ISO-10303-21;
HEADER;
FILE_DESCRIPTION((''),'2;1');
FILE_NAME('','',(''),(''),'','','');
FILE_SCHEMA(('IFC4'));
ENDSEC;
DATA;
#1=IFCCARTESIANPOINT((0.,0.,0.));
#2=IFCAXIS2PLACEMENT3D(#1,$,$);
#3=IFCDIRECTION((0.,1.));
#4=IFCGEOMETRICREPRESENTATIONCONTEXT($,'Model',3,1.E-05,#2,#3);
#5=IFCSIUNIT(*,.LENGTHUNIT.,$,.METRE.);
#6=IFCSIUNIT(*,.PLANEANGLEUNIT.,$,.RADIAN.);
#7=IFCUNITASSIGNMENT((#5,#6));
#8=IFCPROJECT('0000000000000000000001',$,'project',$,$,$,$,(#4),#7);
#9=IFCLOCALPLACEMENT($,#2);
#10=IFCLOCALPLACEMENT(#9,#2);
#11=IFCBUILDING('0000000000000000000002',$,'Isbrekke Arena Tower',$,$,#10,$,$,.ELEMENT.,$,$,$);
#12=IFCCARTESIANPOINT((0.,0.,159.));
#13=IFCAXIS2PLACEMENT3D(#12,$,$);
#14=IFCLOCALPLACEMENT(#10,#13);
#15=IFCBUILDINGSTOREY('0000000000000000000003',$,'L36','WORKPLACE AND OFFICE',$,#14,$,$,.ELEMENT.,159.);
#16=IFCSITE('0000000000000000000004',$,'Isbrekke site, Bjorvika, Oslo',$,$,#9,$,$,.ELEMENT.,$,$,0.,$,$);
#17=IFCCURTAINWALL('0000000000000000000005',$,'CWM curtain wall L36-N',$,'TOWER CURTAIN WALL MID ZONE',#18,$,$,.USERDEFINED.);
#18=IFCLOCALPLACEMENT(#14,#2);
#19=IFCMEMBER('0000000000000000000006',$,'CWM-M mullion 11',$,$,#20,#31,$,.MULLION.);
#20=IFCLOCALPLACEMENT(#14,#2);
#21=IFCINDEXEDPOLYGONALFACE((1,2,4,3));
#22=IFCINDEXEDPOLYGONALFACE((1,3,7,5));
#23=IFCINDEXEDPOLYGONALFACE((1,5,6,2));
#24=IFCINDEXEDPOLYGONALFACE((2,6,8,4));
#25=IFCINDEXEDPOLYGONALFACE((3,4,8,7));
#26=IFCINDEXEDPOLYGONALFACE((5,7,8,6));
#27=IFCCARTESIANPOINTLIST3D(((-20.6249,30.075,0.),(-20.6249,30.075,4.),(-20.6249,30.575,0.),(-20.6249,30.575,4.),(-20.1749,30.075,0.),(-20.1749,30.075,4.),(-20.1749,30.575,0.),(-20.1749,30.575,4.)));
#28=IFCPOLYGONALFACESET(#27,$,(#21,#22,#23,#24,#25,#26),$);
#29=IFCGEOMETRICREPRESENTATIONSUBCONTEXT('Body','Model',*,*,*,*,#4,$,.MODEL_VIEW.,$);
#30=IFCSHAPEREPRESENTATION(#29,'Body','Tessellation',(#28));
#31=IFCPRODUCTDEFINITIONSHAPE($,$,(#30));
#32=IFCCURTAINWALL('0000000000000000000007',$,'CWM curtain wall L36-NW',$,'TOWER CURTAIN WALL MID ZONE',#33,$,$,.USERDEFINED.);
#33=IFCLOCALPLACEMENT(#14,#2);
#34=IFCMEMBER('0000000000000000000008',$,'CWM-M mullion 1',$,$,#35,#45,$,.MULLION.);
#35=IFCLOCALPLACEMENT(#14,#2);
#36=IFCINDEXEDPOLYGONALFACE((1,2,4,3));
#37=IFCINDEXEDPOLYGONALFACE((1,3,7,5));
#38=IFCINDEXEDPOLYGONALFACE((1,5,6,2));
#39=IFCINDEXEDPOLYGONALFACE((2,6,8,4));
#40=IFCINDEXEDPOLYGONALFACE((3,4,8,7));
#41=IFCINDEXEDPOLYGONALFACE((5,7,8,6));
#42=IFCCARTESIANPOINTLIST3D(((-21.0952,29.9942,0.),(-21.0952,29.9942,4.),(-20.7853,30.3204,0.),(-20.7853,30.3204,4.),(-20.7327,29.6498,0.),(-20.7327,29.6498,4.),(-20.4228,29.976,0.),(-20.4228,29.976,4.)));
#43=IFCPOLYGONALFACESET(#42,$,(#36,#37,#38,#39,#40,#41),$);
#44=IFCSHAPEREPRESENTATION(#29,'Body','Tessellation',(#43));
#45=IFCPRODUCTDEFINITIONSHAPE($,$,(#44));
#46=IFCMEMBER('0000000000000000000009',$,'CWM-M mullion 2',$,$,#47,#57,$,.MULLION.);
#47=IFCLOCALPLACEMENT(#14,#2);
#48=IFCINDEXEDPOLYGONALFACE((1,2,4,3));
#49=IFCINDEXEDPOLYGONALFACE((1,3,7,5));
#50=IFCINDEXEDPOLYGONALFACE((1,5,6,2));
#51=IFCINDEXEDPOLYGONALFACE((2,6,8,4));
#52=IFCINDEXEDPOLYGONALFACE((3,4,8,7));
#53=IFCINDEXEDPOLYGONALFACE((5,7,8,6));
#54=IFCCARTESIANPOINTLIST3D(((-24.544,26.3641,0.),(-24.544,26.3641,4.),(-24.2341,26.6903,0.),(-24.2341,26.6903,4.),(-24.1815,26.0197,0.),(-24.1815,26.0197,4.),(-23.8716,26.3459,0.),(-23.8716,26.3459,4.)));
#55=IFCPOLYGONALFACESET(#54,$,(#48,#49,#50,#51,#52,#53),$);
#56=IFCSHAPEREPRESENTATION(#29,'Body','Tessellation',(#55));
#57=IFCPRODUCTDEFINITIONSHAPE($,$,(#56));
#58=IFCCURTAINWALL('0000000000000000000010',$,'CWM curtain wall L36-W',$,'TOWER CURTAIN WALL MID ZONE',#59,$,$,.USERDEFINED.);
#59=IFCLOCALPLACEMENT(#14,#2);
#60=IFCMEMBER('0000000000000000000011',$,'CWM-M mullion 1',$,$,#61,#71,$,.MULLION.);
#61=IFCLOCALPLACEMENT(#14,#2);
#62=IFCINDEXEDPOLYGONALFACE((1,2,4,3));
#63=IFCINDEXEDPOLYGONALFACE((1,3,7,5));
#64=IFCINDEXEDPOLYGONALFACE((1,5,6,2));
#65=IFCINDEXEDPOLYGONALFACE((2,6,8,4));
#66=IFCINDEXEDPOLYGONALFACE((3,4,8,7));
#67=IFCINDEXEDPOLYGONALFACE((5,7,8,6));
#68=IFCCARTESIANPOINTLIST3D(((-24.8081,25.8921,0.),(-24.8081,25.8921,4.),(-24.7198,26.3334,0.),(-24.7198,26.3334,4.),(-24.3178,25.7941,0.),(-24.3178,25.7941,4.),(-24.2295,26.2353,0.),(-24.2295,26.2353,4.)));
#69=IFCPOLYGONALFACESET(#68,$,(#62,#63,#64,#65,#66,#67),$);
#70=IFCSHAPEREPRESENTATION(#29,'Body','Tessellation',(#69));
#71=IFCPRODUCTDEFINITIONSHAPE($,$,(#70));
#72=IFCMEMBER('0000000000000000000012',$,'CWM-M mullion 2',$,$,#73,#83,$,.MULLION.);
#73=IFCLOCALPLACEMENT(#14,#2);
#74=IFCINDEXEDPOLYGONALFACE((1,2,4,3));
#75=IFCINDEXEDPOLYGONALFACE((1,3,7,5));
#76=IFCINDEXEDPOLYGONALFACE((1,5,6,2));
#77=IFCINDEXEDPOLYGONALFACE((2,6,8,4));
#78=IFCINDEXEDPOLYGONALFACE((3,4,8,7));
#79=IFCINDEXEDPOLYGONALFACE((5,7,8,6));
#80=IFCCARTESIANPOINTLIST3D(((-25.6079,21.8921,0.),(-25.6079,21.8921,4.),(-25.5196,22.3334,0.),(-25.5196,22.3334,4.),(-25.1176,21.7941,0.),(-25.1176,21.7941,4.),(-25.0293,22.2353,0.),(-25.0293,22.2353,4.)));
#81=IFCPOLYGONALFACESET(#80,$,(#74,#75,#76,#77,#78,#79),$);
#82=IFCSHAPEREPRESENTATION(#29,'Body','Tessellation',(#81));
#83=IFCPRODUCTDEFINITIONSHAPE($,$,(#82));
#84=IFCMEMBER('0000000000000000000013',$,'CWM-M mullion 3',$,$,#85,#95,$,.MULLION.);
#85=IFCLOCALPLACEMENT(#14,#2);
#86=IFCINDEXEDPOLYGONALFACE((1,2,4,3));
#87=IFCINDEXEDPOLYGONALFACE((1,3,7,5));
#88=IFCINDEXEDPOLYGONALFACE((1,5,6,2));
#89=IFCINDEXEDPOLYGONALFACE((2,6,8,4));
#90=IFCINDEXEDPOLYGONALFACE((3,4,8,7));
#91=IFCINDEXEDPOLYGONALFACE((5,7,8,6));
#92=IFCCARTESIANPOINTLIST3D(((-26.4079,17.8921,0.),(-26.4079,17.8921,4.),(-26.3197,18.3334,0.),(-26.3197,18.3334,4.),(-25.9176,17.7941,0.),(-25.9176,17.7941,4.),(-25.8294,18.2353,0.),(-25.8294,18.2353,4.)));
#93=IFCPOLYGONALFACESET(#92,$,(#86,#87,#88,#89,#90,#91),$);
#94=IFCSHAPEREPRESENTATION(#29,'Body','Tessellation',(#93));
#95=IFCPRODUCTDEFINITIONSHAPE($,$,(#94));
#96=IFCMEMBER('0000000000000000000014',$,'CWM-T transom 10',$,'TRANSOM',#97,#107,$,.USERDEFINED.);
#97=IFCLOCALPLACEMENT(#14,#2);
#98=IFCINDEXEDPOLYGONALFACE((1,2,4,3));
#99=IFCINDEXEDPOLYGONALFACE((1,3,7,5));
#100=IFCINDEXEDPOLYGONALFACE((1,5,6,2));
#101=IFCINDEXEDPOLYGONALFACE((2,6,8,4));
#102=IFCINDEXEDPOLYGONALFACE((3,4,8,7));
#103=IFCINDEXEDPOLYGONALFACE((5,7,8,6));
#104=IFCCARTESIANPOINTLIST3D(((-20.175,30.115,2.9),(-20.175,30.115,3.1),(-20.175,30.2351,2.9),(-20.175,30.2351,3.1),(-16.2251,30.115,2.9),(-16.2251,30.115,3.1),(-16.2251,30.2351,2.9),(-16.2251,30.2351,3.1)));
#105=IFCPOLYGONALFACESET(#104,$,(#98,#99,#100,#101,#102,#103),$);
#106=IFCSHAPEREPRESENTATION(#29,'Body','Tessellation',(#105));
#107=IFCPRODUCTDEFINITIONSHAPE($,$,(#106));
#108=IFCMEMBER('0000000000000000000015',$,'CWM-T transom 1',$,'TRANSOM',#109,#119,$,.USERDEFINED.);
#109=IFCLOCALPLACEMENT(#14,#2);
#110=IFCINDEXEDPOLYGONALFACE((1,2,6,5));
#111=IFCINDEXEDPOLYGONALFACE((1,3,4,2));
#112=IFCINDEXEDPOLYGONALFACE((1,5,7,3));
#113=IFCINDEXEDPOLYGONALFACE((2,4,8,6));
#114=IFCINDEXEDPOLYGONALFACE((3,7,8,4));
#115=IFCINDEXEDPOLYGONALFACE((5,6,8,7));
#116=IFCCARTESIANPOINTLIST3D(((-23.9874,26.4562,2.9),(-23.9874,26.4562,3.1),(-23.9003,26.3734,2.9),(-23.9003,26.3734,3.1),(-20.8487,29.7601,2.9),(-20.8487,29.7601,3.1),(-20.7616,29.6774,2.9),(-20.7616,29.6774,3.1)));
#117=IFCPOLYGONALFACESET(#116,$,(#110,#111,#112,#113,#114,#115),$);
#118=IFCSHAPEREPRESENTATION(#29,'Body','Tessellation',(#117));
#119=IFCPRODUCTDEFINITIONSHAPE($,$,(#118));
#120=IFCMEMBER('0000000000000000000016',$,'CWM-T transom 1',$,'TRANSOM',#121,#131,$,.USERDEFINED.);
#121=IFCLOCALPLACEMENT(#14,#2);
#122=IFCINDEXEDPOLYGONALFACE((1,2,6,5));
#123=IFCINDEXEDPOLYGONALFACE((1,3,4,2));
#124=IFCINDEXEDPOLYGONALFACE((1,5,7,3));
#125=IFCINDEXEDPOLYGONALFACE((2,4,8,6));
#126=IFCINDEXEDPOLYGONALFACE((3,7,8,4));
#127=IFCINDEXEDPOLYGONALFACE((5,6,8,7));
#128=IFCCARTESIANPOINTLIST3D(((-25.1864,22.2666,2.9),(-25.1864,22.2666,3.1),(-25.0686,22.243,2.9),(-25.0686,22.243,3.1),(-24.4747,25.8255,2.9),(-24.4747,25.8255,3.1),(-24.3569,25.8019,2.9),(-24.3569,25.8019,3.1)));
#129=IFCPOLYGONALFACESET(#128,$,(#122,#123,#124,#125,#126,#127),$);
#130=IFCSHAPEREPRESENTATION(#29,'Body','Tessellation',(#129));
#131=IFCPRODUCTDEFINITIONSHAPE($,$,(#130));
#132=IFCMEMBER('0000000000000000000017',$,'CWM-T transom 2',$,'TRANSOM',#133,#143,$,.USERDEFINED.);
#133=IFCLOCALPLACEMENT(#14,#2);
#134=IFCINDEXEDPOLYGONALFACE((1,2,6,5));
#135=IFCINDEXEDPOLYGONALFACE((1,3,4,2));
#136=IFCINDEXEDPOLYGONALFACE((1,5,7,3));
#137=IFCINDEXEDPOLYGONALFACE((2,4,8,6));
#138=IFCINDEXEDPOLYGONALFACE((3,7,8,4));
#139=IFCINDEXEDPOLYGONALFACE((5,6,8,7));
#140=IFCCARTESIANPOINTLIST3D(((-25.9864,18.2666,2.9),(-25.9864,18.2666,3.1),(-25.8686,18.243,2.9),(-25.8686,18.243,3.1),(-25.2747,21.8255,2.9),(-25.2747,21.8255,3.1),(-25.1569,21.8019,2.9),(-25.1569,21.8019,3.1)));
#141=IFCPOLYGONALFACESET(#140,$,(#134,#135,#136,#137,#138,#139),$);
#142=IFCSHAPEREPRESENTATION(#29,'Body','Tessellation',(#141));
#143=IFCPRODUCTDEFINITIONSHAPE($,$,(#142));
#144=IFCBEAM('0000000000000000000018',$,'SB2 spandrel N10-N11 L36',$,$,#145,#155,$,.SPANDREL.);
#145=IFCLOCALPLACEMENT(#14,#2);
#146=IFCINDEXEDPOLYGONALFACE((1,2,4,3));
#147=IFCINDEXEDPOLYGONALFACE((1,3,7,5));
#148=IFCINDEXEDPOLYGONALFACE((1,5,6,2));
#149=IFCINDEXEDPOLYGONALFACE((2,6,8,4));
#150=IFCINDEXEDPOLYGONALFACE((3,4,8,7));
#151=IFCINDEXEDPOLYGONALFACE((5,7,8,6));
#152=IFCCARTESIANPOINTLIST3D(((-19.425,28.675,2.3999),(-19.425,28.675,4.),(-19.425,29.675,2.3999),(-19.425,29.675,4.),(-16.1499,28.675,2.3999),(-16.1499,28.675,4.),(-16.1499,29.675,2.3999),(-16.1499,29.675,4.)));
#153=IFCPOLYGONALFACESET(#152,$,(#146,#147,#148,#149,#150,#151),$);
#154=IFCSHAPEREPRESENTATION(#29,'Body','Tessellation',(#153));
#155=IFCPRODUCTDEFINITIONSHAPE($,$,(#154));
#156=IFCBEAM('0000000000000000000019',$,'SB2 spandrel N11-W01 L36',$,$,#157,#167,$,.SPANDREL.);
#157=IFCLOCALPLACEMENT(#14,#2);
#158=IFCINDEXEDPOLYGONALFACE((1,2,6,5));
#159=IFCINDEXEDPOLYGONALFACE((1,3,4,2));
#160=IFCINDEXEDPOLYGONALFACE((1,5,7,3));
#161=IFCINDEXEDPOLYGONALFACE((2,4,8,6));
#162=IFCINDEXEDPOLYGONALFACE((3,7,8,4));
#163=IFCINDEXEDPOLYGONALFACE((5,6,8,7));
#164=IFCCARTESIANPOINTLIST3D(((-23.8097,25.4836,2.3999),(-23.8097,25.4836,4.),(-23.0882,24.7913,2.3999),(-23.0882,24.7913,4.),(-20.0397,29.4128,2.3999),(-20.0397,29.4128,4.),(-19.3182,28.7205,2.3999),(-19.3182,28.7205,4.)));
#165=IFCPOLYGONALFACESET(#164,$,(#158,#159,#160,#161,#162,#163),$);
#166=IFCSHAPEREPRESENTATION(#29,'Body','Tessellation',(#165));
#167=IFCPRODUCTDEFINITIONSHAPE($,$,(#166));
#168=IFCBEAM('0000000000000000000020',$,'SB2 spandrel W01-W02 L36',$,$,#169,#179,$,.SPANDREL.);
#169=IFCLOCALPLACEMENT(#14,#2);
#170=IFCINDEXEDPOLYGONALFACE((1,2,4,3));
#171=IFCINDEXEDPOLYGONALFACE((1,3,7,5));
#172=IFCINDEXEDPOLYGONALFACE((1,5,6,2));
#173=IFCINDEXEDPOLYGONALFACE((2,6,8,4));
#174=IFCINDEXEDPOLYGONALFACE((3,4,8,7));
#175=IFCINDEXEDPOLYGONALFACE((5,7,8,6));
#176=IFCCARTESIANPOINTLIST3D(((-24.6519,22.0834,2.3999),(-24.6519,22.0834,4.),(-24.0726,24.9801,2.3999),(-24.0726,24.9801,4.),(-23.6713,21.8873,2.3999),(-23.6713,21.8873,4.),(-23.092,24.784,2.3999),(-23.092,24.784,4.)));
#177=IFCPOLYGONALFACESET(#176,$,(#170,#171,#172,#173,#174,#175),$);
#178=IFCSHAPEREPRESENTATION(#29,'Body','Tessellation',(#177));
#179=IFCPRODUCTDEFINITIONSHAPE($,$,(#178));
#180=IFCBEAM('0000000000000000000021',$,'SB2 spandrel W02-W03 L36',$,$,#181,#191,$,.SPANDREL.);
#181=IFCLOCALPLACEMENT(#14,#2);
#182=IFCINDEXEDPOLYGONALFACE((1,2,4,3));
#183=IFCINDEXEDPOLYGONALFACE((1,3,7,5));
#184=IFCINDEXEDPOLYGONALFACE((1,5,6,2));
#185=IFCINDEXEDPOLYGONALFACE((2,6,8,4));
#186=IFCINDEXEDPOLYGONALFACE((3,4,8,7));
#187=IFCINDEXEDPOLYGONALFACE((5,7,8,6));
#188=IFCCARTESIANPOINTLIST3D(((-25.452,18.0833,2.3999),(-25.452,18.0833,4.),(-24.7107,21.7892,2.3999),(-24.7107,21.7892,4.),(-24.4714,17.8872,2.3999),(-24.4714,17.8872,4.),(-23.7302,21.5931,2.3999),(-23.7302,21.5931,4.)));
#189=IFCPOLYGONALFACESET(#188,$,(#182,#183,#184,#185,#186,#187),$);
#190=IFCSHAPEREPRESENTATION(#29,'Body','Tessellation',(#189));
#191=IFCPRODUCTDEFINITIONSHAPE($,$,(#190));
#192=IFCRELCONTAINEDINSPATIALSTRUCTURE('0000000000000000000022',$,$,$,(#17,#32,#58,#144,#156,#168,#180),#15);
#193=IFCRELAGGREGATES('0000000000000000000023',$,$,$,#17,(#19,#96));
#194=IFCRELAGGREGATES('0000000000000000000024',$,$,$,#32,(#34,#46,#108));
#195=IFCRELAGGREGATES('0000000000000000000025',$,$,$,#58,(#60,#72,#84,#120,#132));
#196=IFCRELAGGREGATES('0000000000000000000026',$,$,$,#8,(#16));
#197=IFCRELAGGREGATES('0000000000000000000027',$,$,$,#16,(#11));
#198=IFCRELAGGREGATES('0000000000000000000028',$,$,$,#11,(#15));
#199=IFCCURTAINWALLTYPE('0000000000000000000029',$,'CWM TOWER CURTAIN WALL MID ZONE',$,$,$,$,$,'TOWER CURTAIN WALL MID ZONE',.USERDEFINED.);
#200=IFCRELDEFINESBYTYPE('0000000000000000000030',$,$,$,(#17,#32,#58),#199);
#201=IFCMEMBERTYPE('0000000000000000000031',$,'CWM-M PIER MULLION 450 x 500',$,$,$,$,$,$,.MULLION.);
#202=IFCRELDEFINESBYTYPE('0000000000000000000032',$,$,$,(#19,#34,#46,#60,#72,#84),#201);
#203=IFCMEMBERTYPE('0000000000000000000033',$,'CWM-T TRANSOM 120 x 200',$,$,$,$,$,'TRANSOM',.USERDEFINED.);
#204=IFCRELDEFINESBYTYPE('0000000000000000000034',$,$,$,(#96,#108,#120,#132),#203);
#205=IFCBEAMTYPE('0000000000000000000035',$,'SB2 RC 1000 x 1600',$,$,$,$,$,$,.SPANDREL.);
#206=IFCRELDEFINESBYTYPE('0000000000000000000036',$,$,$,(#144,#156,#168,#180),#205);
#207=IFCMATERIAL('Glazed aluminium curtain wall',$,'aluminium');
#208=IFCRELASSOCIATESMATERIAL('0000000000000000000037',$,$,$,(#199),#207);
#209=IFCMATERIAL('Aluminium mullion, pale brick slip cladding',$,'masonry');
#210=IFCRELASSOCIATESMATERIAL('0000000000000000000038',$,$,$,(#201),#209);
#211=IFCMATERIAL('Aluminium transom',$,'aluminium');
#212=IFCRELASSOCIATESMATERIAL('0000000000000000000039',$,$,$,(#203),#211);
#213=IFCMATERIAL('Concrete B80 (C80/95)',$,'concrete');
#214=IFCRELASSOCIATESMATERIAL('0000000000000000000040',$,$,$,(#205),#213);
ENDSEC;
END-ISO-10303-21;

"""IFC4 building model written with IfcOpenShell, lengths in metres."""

from ifc_helpers import new_model, si_unit, direction, frame, origin, origin_2d, place, context, subcontext, project, spatial, rectangle, extrude, material, material_profile, profile_set, type_object, element, aggregate, save


model = new_model("IFC4")

# Units and contexts
model_context = context("Model", 3, precision=1e-05, world=origin(), true_north=direction((0.0, 1.0)))
body_context = subcontext(model_context, "Body", "Model", "MODEL_VIEW")
ifc_project = project(units=[si_unit("LENGTHUNIT", "METRE"), si_unit("PLANEANGLEUNIT", "RADIAN")], contexts=[model_context])

# Site, building, storey
site_placement = place(None, origin())
site = spatial("IfcSite", under=ifc_project, at=site_placement, Name="Isbrekke site, Bjorvika, Oslo", CompositionType="ELEMENT", RefElevation=0.0)
building_placement = place(site_placement, origin())
building = spatial("IfcBuilding", under=site, at=building_placement, Name="Isbrekke Arena Tower", CompositionType="ELEMENT")
storey_placement = place(building_placement, frame((0.0, 0.0, 159.0)))
storey = spatial("IfcBuildingStorey", under=building, at=storey_placement, Name="L36", Description="WORKPLACE AND OFFICE", CompositionType="ELEMENT", Elevation=159.0)

# Curtain wall, member
ifc_material_1 = material(Name="Glazed aluminium curtain wall", Category="aluminium")
curtain_wall_type = type_object("IfcCurtainWallType", Name="CWM TOWER CURTAIN WALL MID ZONE", ElementType="TOWER CURTAIN WALL MID ZONE", PredefinedType="USERDEFINED", material=ifc_material_1)
curtain_wall_1_placement = place(storey_placement, origin())
curtain_wall_1 = element("IfcCurtainWall", 1, at=curtain_wall_1_placement, inside=storey, type_object=curtain_wall_type, Name="CWM curtain wall L36-N", ObjectType="TOWER CURTAIN WALL MID ZONE", PredefinedType="USERDEFINED")
ifc_material_2 = material(Name="Aluminium mullion, pale brick slip cladding", Category="masonry")
ifc_material_profile_1 = material_profile(ifc_material_2, rectangle(XDim=0.45, YDim=0.5, at=origin_2d()), Name="PIER 450X500")
ifc_profile_set_1 = profile_set([ifc_material_profile_1], Name="Aluminium mullion, pale brick slip cladding")
member_type_1 = type_object("IfcMemberType", Name="CWM-M PIER MULLION 450 x 500", PredefinedType="MULLION", material=ifc_profile_set_1)
member_1_placement = place(storey_placement, frame((-20.3999, 30.325, 0.0), z_axis=(0.0, 0.0, 1.0), x_axis=(-1.0, 0.0, 0.0)))
member_1 = element("IfcMember", 2, at=member_1_placement, type_object=member_type_1, Name="CWM-M mullion 11", PredefinedType="MULLION", context=body_context, shape_type="SweptSolid", body=[
    extrude(rectangle(XDim=0.45, YDim=0.5, at=origin_2d()), origin(), (0.0, 0.0, 1.0), 4.0),
])

# Curtain walls, members
curtain_wall_2_placement = place(storey_placement, origin())
curtain_wall_2 = element("IfcCurtainWall", 3, at=curtain_wall_2_placement, inside=storey, type_object=curtain_wall_type, Name="CWM curtain wall L36-NW", ObjectType="TOWER CURTAIN WALL MID ZONE", PredefinedType="USERDEFINED")
member_2_placement = place(storey_placement, frame((-20.759, 29.9851, 0.0), z_axis=(0.0, 0.0, 1.0), x_axis=(-0.688749, -0.724999, 0.0)))
member_2 = element("IfcMember", 4, at=member_2_placement, type_object=member_type_1, Name="CWM-M mullion 1", PredefinedType="MULLION", context=body_context, shape_type="SweptSolid", body=[
    extrude(rectangle(XDim=0.45, YDim=0.5, at=origin_2d()), origin(), (0.0, 0.0, 1.0), 4.0),
])
member_3_placement = place(storey_placement, frame((-24.2078, 26.355, 0.0), z_axis=(0.0, 0.0, 1.0), x_axis=(-0.688749, -0.724999, 0.0)))
member_3 = element("IfcMember", 5, at=member_3_placement, type_object=member_type_1, Name="CWM-M mullion 2", PredefinedType="MULLION", context=body_context, shape_type="SweptSolid", body=[
    extrude(rectangle(XDim=0.45, YDim=0.5, at=origin_2d()), origin(), (0.0, 0.0, 1.0), 4.0),
])
curtain_wall_3_placement = place(storey_placement, origin())
curtain_wall_3 = element("IfcCurtainWall", 6, at=curtain_wall_3_placement, inside=storey, type_object=curtain_wall_type, Name="CWM curtain wall L36-W", ObjectType="TOWER CURTAIN WALL MID ZONE", PredefinedType="USERDEFINED")
member_4_placement = place(storey_placement, frame((-24.5188, 26.0637, 0.0), z_axis=(0.0, 0.0, 1.0), x_axis=(-0.196116, -0.980581, 0.0)))
member_4 = element("IfcMember", 7, at=member_4_placement, type_object=member_type_1, Name="CWM-M mullion 1", PredefinedType="MULLION", context=body_context, shape_type="SweptSolid", body=[
    extrude(rectangle(XDim=0.45, YDim=0.5, at=origin_2d()), origin(), (0.0, 0.0, 1.0), 4.0),
])
member_5_placement = place(storey_placement, frame((-25.3186, 22.0637, 0.0), z_axis=(0.0, 0.0, 1.0), x_axis=(-0.196116, -0.980581, 0.0)))
member_5 = element("IfcMember", 8, at=member_5_placement, type_object=member_type_1, Name="CWM-M mullion 2", PredefinedType="MULLION", context=body_context, shape_type="SweptSolid", body=[
    extrude(rectangle(XDim=0.45, YDim=0.5, at=origin_2d()), origin(), (0.0, 0.0, 1.0), 4.0),
])
member_6_placement = place(storey_placement, frame((-26.1187, 18.0637, 0.0), z_axis=(0.0, 0.0, 1.0), x_axis=(-0.196116, -0.980581, 0.0)))
member_6 = element("IfcMember", 9, at=member_6_placement, type_object=member_type_1, Name="CWM-M mullion 3", PredefinedType="MULLION", context=body_context, shape_type="SweptSolid", body=[
    extrude(rectangle(XDim=0.45, YDim=0.5, at=origin_2d()), origin(), (0.0, 0.0, 1.0), 4.0),
])

# Members
ifc_material_3 = material(Name="Aluminium transom", Category="aluminium")
ifc_material_profile_2 = material_profile(ifc_material_3, rectangle(XDim=0.1201, YDim=0.2, at=origin_2d()), Name="TRANSOM 120X200")
ifc_profile_set_2 = profile_set([ifc_material_profile_2], Name="Aluminium transom")
member_type_2 = type_object("IfcMemberType", Name="CWM-T TRANSOM 120 x 200", ElementType="TRANSOM", PredefinedType="USERDEFINED", material=ifc_profile_set_2)
member_7_placement = place(storey_placement, frame((-16.2251, 30.175, 3.0), z_axis=(-1.0, 0.0, 0.0), x_axis=(0.0, -1.0, 0.0)))
member_7 = element("IfcMember", 10, at=member_7_placement, type_object=member_type_2, Name="CWM-T transom 10", ObjectType="TRANSOM", PredefinedType="USERDEFINED", context=body_context, shape_type="SweptSolid", body=[
    extrude(rectangle(XDim=0.1201, YDim=0.2, at=origin_2d()), origin(), (0.0, 0.0, 1.0), 3.95),
])
member_8_placement = place(storey_placement, frame((-20.8052, 29.7188, 3.0), z_axis=(-0.68874, -0.725009, 0.0), x_axis=(0.725009, -0.68874, 0.0)))
member_8 = element("IfcMember", 11, at=member_8_placement, type_object=member_type_2, Name="CWM-T transom 1", ObjectType="TRANSOM", PredefinedType="USERDEFINED", context=body_context, shape_type="SweptSolid", body=[
    extrude(rectangle(XDim=0.1201, YDim=0.2, at=origin_2d()), origin(), (0.0, 0.0, 1.0), 4.5571),
])
member_9_placement = place(storey_placement, frame((-24.4158, 25.8137, 3.0), z_axis=(-0.19609, -0.980586, 0.0), x_axis=(0.980586, -0.19609, 0.0)))
member_9 = element("IfcMember", 12, at=member_9_placement, type_object=member_type_2, Name="CWM-T transom 1", ObjectType="TRANSOM", PredefinedType="USERDEFINED", context=body_context, shape_type="SweptSolid", body=[
    extrude(rectangle(XDim=0.1201, YDim=0.2, at=origin_2d()), origin(), (0.0, 0.0, 1.0), 3.6294),
])
member_10_placement = place(storey_placement, frame((-25.2158, 21.8137, 3.0), z_axis=(-0.19609, -0.980586, 0.0), x_axis=(0.980586, -0.19609, 0.0)))
member_10 = element("IfcMember", 13, at=member_10_placement, type_object=member_type_2, Name="CWM-T transom 2", ObjectType="TRANSOM", PredefinedType="USERDEFINED", context=body_context, shape_type="SweptSolid", body=[
    extrude(rectangle(XDim=0.1201, YDim=0.2, at=origin_2d()), origin(), (0.0, 0.0, 1.0), 3.6294),
])

# Beams
ifc_material_4 = material(Name="Concrete B80 (C80/95)", Category="concrete")
ifc_material_profile_3 = material_profile(ifc_material_4, rectangle(XDim=1.0, YDim=1.6001, at=origin_2d()), Name="RC 1000x1600")
ifc_profile_set_3 = profile_set([ifc_material_profile_3], Name="Concrete B80 (C80/95)")
beam_type_1 = type_object("IfcBeamType", Name="SB2 RC 1000 x 1600", PredefinedType="SPANDREL", material=ifc_profile_set_3)
beam_1_placement = place(storey_placement, frame((-16.1499, 29.175, 3.2), z_axis=(-1.0, 0.0, 0.0), x_axis=(0.0, -1.0, 0.0)))
element("IfcBeam", 14, at=beam_1_placement, inside=storey, type_object=beam_type_1, Name="SB2 spandrel N10-N11 L36", PredefinedType="SPANDREL", context=body_context, shape_type="SweptSolid", body=[
    extrude(rectangle(XDim=1.0, YDim=1.6001, at=origin_2d()), origin(), (0.0, 0.0, 1.0), 3.2751),
])
beam_2_placement = place(storey_placement, frame((-19.679, 29.0667, 3.2), z_axis=(-0.69234, -0.721572, 0.0), x_axis=(0.721572, -0.69234, 0.0)))
element("IfcBeam", 15, at=beam_2_placement, inside=storey, type_object=beam_type_1, Name="SB2 spandrel N11-W01 L36", PredefinedType="SPANDREL", context=body_context, shape_type="SweptSolid", body=[
    extrude(rectangle(XDim=1.0, YDim=1.6001, at=origin_2d()), origin(), (0.0, 0.0, 1.0), 5.4453),
])
beam_3_placement = place(storey_placement, frame((-23.5823, 24.8821, 3.2), z_axis=(-0.196116, -0.980581, 0.0), x_axis=(0.980581, -0.196116, 0.0)))
element("IfcBeam", 16, at=beam_3_placement, inside=storey, type_object=beam_type_1, Name="SB2 spandrel W01-W02 L36", PredefinedType="SPANDREL", context=body_context, shape_type="SweptSolid", body=[
    extrude(rectangle(XDim=1.0, YDim=1.6001, at=origin_2d()), origin(), (0.0, 0.0, 1.0), 2.9541),
])
beam_4_placement = place(storey_placement, frame((-24.2205, 21.6912, 3.2), z_axis=(-0.196129, -0.980578, 0.0), x_axis=(0.980578, -0.196129, 0.0)))
element("IfcBeam", 17, at=beam_4_placement, inside=storey, type_object=beam_type_1, Name="SB2 spandrel W02-W03 L36", PredefinedType="SPANDREL", context=body_context, shape_type="SweptSolid", body=[
    extrude(rectangle(XDim=1.0, YDim=1.6001, at=origin_2d()), origin(), (0.0, 0.0, 1.0), 3.7793),
])

aggregate(curtain_wall_1, [member_1, member_7])
aggregate(curtain_wall_2, [member_2, member_3, member_8])
aggregate(curtain_wall_3, [member_4, member_5, member_6, member_9, member_10])

save(model, "model.ifc")
